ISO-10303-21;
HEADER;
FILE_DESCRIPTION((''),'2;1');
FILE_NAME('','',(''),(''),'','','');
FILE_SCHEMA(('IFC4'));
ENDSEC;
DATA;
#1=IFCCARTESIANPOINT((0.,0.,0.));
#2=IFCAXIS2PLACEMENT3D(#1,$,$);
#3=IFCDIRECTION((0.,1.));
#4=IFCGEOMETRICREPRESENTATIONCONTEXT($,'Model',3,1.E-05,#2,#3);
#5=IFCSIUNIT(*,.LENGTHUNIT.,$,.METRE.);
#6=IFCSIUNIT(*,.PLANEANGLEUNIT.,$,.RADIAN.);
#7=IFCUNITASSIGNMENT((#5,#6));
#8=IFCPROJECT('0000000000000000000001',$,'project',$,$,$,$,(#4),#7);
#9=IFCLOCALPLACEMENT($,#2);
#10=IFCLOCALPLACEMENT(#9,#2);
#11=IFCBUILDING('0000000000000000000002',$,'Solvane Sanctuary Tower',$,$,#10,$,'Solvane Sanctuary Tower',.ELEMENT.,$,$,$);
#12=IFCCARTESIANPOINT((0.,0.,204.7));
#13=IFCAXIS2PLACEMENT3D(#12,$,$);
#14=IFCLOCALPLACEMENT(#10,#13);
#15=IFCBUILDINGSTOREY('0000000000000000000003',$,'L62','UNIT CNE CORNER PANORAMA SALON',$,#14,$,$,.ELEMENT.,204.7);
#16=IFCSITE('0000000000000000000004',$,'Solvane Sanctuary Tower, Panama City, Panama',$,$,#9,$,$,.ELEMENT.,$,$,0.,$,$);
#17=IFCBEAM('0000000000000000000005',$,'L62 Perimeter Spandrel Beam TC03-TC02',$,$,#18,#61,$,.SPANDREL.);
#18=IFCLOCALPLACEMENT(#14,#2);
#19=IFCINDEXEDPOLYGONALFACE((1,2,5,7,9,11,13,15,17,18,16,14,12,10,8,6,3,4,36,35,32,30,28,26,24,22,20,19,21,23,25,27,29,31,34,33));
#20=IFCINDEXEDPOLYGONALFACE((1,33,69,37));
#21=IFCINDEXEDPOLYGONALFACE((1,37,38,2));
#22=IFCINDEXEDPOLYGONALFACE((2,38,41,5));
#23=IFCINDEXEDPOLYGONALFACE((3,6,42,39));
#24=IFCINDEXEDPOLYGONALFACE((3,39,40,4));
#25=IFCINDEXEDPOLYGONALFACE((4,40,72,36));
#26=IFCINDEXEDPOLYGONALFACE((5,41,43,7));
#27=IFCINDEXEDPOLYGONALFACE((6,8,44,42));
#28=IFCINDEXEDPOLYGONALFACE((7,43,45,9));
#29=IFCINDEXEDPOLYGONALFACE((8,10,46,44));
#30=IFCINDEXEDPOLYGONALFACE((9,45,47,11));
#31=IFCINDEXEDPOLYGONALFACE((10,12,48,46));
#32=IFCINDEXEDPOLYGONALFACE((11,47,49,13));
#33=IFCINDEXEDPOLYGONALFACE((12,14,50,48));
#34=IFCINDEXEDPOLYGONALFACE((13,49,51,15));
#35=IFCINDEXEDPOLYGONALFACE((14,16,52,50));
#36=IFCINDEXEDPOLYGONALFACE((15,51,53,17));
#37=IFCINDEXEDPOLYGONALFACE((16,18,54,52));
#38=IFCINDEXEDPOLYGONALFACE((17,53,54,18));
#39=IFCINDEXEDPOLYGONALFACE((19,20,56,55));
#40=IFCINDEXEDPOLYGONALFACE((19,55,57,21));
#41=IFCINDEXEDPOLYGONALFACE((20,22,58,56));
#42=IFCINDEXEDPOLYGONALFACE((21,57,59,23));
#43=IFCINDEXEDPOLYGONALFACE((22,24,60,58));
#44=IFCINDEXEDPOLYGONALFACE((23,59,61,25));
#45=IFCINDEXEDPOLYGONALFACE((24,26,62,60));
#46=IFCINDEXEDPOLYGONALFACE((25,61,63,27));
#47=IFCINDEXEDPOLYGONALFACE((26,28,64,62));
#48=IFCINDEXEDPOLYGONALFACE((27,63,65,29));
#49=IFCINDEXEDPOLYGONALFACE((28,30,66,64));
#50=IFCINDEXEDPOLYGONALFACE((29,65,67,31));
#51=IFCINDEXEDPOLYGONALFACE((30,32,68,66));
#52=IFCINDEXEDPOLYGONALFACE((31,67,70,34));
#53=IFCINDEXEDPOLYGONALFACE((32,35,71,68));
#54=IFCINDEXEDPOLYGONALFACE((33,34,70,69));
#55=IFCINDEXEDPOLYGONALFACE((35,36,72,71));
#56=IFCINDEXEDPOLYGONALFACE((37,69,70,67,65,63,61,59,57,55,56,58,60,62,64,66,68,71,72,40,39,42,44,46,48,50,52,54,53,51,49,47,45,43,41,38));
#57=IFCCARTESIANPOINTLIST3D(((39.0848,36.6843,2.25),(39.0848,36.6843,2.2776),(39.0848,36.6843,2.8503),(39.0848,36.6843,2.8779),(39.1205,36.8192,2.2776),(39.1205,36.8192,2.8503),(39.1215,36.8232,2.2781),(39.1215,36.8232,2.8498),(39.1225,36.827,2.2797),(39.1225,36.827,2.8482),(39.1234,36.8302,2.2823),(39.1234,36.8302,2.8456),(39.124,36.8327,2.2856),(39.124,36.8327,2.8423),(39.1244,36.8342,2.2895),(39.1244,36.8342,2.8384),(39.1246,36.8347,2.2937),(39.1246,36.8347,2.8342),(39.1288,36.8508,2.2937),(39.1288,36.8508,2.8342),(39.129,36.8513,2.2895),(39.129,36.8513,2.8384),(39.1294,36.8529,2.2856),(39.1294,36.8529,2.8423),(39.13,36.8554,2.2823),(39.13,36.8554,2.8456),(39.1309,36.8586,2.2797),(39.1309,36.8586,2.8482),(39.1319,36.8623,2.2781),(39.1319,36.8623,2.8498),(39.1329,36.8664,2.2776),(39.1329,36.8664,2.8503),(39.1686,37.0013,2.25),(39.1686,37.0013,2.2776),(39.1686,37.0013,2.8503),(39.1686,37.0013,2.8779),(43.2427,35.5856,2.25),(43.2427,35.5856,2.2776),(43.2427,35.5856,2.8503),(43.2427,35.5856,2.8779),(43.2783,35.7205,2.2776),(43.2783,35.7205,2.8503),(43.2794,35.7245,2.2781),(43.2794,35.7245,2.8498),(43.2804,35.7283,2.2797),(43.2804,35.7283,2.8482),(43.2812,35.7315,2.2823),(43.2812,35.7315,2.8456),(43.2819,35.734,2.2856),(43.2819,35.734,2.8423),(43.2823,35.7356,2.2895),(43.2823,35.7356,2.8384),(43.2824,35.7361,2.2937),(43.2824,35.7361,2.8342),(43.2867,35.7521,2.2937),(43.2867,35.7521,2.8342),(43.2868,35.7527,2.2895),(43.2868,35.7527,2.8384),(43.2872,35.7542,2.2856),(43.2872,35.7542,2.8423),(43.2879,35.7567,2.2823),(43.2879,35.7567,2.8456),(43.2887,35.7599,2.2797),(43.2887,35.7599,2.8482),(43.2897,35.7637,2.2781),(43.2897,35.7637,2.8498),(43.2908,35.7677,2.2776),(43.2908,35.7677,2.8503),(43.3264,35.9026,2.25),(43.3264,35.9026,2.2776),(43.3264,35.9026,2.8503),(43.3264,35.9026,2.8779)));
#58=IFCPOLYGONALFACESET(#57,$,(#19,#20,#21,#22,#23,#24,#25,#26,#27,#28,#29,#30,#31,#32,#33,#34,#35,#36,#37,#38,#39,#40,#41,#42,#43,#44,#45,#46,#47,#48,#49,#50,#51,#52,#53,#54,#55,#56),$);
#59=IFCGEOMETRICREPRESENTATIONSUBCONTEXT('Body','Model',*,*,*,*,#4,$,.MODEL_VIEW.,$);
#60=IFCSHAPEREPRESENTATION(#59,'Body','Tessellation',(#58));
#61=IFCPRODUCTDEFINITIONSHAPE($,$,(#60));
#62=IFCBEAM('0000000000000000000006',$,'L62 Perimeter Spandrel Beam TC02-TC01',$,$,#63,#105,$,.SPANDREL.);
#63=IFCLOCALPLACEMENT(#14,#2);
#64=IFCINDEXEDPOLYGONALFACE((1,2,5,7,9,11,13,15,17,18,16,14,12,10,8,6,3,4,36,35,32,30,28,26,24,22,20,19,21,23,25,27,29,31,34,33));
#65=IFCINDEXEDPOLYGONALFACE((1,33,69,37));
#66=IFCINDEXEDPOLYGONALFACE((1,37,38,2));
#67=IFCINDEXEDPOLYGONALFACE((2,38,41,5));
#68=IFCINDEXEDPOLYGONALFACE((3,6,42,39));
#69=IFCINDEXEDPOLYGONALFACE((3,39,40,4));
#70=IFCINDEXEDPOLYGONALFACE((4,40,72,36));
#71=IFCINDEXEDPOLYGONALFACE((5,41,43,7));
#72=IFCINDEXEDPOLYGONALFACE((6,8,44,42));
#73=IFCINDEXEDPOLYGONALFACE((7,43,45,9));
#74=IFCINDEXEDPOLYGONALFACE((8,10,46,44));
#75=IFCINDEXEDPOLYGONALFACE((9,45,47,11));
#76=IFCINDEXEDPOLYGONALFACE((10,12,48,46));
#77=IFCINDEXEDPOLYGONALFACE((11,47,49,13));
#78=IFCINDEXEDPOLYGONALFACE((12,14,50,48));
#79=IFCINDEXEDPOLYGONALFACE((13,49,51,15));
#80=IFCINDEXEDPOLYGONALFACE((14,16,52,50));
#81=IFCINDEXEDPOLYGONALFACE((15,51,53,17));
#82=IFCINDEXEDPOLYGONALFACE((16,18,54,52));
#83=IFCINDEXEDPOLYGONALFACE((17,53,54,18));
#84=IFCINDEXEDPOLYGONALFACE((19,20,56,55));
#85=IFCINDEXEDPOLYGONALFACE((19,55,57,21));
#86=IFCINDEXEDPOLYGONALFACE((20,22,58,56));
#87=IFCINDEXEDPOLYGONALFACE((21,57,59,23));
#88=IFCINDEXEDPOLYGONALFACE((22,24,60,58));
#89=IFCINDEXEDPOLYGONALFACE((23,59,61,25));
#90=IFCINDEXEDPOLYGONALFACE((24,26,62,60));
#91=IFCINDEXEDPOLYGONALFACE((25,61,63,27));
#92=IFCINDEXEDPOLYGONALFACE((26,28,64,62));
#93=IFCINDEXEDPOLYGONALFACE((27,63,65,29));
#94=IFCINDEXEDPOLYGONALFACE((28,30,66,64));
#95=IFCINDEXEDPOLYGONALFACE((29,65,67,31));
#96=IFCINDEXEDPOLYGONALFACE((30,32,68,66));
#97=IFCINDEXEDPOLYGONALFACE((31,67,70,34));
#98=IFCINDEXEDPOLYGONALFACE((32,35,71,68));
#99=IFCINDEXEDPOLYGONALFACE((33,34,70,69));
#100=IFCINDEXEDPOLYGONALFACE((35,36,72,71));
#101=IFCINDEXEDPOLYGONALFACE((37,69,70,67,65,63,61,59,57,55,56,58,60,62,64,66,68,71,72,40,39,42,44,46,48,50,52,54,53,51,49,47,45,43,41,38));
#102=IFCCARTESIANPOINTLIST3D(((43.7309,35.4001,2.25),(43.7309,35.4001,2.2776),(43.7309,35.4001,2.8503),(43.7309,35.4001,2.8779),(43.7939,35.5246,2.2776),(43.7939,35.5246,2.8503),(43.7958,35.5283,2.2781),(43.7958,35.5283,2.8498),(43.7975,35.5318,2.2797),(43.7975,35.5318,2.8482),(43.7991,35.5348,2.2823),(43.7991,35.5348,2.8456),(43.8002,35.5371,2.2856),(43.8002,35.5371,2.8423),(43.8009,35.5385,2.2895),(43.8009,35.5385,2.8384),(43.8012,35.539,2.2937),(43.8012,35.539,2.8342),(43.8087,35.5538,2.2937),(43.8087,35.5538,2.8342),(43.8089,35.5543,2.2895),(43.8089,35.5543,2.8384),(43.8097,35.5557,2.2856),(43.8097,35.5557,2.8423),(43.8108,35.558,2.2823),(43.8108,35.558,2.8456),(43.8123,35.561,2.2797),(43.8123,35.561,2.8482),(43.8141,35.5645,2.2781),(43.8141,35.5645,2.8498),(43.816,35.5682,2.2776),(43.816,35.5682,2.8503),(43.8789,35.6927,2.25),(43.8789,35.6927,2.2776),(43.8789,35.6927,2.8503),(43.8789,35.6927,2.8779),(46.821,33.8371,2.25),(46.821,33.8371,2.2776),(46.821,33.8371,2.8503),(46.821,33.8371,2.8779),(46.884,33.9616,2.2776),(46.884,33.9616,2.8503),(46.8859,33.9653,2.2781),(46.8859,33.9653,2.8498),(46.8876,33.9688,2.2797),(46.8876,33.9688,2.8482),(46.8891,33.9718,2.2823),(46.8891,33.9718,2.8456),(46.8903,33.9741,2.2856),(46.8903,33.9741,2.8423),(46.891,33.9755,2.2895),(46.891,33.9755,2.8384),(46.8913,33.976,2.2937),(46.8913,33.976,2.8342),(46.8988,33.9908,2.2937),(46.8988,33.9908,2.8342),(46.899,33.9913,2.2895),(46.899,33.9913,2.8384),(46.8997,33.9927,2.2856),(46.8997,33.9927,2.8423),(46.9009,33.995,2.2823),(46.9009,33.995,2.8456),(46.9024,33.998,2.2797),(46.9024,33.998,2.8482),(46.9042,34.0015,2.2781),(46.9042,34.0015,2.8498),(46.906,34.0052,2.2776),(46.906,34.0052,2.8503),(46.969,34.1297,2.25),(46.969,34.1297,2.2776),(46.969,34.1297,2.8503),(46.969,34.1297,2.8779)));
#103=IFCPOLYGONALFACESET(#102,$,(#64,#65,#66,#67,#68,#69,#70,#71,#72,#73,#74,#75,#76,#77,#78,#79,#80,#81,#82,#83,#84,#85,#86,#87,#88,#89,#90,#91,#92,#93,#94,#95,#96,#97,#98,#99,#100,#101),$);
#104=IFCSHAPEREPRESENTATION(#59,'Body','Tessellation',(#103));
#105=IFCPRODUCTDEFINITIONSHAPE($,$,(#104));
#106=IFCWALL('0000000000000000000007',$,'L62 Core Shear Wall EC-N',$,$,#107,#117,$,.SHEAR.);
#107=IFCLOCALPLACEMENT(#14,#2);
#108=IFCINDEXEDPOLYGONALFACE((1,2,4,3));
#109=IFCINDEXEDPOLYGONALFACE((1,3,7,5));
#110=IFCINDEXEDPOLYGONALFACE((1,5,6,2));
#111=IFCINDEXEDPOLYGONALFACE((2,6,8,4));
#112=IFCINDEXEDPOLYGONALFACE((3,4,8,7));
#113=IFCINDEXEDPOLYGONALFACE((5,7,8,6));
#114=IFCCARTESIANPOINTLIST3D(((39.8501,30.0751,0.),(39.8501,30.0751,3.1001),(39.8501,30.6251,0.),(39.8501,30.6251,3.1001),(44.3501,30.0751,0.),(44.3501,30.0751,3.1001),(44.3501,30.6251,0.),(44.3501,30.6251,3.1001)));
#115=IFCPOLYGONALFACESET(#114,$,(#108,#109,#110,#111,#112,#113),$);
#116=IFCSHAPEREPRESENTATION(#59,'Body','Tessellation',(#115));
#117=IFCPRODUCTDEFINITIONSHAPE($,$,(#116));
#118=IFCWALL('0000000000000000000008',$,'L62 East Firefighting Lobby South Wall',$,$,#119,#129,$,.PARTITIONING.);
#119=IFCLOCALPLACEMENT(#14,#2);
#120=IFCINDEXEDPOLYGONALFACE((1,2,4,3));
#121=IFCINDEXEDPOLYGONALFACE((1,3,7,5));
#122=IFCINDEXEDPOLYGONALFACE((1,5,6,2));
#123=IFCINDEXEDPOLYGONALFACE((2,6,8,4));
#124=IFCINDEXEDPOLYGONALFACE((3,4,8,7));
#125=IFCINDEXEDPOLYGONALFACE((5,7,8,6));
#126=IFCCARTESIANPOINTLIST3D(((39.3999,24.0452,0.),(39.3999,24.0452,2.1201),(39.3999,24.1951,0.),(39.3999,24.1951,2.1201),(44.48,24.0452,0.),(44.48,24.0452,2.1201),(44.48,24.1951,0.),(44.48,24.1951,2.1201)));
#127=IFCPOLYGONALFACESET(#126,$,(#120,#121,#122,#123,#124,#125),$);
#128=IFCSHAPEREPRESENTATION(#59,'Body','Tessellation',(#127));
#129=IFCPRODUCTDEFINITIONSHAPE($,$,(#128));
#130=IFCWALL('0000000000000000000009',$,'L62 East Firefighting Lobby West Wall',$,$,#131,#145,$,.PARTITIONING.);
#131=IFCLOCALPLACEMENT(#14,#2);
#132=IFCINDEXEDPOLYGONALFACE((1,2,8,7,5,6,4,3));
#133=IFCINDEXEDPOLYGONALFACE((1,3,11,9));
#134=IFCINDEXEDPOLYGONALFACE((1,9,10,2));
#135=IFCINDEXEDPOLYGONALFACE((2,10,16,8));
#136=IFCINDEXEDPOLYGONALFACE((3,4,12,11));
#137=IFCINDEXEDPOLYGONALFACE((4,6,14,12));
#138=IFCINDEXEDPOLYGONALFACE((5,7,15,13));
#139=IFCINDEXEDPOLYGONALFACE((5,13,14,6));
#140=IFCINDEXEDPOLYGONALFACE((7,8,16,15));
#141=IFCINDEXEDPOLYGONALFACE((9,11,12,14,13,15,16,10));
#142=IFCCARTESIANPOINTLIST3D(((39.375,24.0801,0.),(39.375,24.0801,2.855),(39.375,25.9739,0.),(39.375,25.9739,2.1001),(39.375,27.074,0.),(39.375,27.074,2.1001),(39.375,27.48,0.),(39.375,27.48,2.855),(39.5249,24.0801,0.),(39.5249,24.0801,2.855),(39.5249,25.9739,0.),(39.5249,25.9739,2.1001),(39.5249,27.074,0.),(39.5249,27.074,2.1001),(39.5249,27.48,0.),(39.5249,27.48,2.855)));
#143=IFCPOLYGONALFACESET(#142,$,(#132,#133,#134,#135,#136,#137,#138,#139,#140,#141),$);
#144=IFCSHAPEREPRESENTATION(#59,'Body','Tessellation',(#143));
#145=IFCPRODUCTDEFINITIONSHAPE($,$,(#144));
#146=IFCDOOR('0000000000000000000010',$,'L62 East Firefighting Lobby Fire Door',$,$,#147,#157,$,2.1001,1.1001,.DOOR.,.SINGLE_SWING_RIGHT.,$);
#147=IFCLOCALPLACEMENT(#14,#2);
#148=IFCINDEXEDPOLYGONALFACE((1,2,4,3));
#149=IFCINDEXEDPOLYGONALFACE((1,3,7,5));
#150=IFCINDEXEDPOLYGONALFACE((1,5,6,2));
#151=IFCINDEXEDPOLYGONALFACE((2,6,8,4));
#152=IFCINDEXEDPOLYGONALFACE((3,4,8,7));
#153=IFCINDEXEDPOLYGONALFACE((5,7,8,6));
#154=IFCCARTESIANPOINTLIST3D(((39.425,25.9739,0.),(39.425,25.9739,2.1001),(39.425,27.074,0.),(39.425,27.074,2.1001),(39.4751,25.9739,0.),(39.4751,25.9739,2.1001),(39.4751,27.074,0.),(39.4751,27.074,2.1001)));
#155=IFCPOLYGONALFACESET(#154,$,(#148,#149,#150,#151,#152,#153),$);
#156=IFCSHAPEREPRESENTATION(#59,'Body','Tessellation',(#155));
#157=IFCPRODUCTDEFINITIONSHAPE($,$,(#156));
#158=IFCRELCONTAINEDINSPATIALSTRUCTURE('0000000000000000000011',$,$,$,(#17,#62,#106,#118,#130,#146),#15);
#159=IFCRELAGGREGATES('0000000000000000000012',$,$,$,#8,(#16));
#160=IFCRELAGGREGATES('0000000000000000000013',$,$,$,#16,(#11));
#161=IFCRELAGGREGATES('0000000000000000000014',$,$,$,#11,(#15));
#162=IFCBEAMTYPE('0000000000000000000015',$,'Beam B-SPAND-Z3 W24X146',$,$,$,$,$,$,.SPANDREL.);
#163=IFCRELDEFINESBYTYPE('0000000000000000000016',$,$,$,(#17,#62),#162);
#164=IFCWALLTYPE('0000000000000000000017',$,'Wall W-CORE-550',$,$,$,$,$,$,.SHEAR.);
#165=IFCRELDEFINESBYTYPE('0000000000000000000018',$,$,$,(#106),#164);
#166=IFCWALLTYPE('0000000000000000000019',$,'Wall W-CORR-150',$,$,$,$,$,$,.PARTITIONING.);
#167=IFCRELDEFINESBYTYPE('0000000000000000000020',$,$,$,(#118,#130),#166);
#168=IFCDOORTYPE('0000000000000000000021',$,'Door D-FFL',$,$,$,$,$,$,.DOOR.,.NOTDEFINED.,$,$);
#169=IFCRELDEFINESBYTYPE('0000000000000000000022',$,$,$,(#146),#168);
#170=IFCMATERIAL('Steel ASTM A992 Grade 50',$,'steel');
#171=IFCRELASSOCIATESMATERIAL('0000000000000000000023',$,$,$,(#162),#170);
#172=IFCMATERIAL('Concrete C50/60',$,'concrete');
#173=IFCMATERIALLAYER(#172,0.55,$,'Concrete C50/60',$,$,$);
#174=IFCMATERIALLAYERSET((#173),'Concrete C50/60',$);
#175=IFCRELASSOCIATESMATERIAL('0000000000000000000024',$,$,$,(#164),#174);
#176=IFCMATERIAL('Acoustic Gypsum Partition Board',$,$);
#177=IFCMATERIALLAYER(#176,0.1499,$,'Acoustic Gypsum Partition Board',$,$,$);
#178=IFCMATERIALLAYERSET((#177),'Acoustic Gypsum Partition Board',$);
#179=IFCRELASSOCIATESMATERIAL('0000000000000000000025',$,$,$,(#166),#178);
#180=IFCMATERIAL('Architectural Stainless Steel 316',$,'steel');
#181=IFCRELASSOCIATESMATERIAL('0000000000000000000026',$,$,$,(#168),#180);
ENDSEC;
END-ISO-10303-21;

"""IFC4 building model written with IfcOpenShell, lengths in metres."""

from ifc_helpers import new_model, si_unit, direction, frame, frame_2d, origin, origin_2d, place, context, subcontext, project, spatial, rectangle, i_section, extrude, material, layer, layer_set, material_profile, profile_set, type_object, element, fill, save


model = new_model("IFC4")

# Units and contexts
model_context = context("Model", 3, precision=1e-05, world=origin(), true_north=direction((0.0, 1.0)))
body_context = subcontext(model_context, "Body", "Model", "MODEL_VIEW")
ifc_project = project(units=[si_unit("LENGTHUNIT", "METRE"), si_unit("PLANEANGLEUNIT", "RADIAN")], contexts=[model_context])

# Site, building, storey
site_placement = place(None, origin())
site = spatial("IfcSite", under=ifc_project, at=site_placement, Name="Solvane Sanctuary Tower, Panama City, Panama", CompositionType="ELEMENT", RefElevation=0.0)
building_placement = place(site_placement, origin())
building = spatial("IfcBuilding", under=site, at=building_placement, Name="Solvane Sanctuary Tower", LongName="Solvane Sanctuary Tower", CompositionType="ELEMENT")
storey_placement = place(building_placement, frame((0.0, 0.0, 204.7)))
storey = spatial("IfcBuildingStorey", under=building, at=storey_placement, Name="L62", Description="UNIT CNE CORNER PANORAMA SALON", CompositionType="ELEMENT", Elevation=204.7)

# Shared definitions
ifc_material_1 = material(Name="Concrete C50/60", Category="concrete")

# Beams
ifc_material_2 = material(Name="Steel ASTM A992 Grade 50", Category="steel")
ifc_material_profile_1 = material_profile(ifc_material_2, i_section(OverallWidth=0.3279, OverallDepth=0.6279, WebThickness=0.0166, FlangeThickness=0.0276, FilletRadius=0.0161, at=origin_2d()), Name="W24X146")
ifc_profile_set_1 = profile_set([ifc_material_profile_1], Name="Steel ASTM A992 Grade 50")
beam_type_1 = type_object("IfcBeamType", Name="Beam B-SPAND-Z3 W24X146", PredefinedType="SPANDREL", material=ifc_profile_set_1)
beam_1_placement = place(storey_placement, frame((39.1267, 36.8428, 2.564), z_axis=(0.966817, -0.255471, 0.0), x_axis=(0.255471, 0.966817, 0.0)))
element("IfcBeam", 1, at=beam_1_placement, inside=storey, type_object=beam_type_1, Name="L62 Perimeter Spandrel Beam TC03-TC02", PredefinedType="SPANDREL", context=body_context, shape_type="SweptSolid", body=[
    extrude(i_section(OverallWidth=0.3279, OverallDepth=0.6279, WebThickness=0.0166, FlangeThickness=0.0276, FilletRadius=0.0161, at=origin_2d()), origin(), (0.0, 0.0, 1.0), 4.3005),
])
beam_2_placement = place(storey_placement, frame((43.8049, 35.5464, 2.564), z_axis=(0.892345, -0.451354, 0.0), x_axis=(0.451354, 0.892345, 0.0)))
element("IfcBeam", 2, at=beam_2_placement, inside=storey, type_object=beam_type_1, Name="L62 Perimeter Spandrel Beam TC02-TC01", PredefinedType="SPANDREL", context=body_context, shape_type="SweptSolid", body=[
    extrude(i_section(OverallWidth=0.3279, OverallDepth=0.6279, WebThickness=0.0166, FlangeThickness=0.0276, FilletRadius=0.0161, at=origin_2d()), origin(), (0.0, 0.0, 1.0), 3.4629),
])

# Walls
ifc_layer_1 = layer(ifc_material_1, 0.55, Name="Concrete C50/60")
ifc_layer_set_1 = layer_set([ifc_layer_1], Name="Concrete C50/60")
wall_type_1 = type_object("IfcWallType", Name="Wall W-CORE-550", PredefinedType="SHEAR", material=ifc_layer_set_1)
wall_1_placement = place(storey_placement, frame((39.8501, 30.3501, 0.0), z_axis=(0.0, 0.0, 1.0), x_axis=(1.0, 0.0, 0.0)))
element("IfcWall", 3, at=wall_1_placement, inside=storey, type_object=wall_type_1, Name="L62 Core Shear Wall EC-N", PredefinedType="SHEAR", context=body_context, shape_type="SweptSolid", body=[
    extrude(rectangle(XDim=4.5, YDim=0.55, at=frame_2d((2.25, 0.0))), origin(), (0.0, 0.0, 1.0), 3.1001),
])
ifc_material_3 = material(Name="Acoustic Gypsum Partition Board")
ifc_layer_2 = layer(ifc_material_3, 0.1499, Name="Acoustic Gypsum Partition Board")
ifc_layer_set_2 = layer_set([ifc_layer_2], Name="Acoustic Gypsum Partition Board")
wall_type_2 = type_object("IfcWallType", Name="Wall W-CORR-150", PredefinedType="PARTITIONING", material=ifc_layer_set_2)
wall_2_placement = place(storey_placement, frame((39.3999, 24.1201, 0.0), z_axis=(0.0, 0.0, 1.0), x_axis=(1.0, 0.0, 0.0)))
element("IfcWall", 4, at=wall_2_placement, inside=storey, type_object=wall_type_2, Name="L62 East Firefighting Lobby South Wall", PredefinedType="PARTITIONING", context=body_context, shape_type="SweptSolid", body=[
    extrude(rectangle(XDim=5.0801, YDim=0.1499, at=frame_2d((2.54, 0.0))), origin(), (0.0, 0.0, 1.0), 2.1201),
])

# Wall, opening, door
wall_3_placement = place(storey_placement, frame((39.45, 24.0801, 0.0), z_axis=(0.0, 0.0, 1.0), x_axis=(0.0, 1.0, 0.0)))
wall_3 = element("IfcWall", 5, at=wall_3_placement, inside=storey, type_object=wall_type_2, Name="L62 East Firefighting Lobby West Wall", PredefinedType="PARTITIONING", context=body_context, shape_type="SweptSolid", body=[
    extrude(rectangle(XDim=3.3999, YDim=0.1499, at=frame_2d((1.7, 0.0))), origin(), (0.0, 0.0, 1.0), 2.855),
])
opening_1_placement = place(wall_3_placement, frame((1.8938, 0.0, 0.0)))
opening_1 = element("IfcOpeningElement", 6, at=opening_1_placement, cuts=wall_3, PredefinedType="OPENING", context=body_context, shape_type="SweptSolid", body=[
    extrude(rectangle(XDim=1.1001, YDim=2.1001, at=frame_2d((0.55, 1.05))), frame((0.0, 0.085, 0.0), z_axis=(0.0, -1.0, 0.0), x_axis=(1.0, 0.0, 0.0)), (0.0, 0.0, 1.0), 0.1699),
])
ifc_material_4 = material(Name="Architectural Stainless Steel 316", Category="steel")
door_type_1 = type_object("IfcDoorType", Name="Door D-FFL", OperationType="NOTDEFINED", PredefinedType="DOOR", material=ifc_material_4)
door_1_placement = place(opening_1_placement, origin())
door_1 = element("IfcDoor", 7, at=door_1_placement, inside=storey, type_object=door_type_1, Name="L62 East Firefighting Lobby Fire Door", OperationType="SINGLE_SWING_RIGHT", OverallHeight=2.1001, OverallWidth=1.1001, PredefinedType="DOOR", context=body_context, shape_type="SweptSolid", body=[
    extrude(rectangle(XDim=1.1001, YDim=2.1001, at=frame_2d((0.55, 1.05))), frame((0.0, 0.0249, 0.0), z_axis=(0.0, -1.0, 0.0), x_axis=(1.0, 0.0, 0.0)), (0.0, 0.0, 1.0), 0.05),
])
fill(opening_1, door_1)

save(model, "model.ifc")
